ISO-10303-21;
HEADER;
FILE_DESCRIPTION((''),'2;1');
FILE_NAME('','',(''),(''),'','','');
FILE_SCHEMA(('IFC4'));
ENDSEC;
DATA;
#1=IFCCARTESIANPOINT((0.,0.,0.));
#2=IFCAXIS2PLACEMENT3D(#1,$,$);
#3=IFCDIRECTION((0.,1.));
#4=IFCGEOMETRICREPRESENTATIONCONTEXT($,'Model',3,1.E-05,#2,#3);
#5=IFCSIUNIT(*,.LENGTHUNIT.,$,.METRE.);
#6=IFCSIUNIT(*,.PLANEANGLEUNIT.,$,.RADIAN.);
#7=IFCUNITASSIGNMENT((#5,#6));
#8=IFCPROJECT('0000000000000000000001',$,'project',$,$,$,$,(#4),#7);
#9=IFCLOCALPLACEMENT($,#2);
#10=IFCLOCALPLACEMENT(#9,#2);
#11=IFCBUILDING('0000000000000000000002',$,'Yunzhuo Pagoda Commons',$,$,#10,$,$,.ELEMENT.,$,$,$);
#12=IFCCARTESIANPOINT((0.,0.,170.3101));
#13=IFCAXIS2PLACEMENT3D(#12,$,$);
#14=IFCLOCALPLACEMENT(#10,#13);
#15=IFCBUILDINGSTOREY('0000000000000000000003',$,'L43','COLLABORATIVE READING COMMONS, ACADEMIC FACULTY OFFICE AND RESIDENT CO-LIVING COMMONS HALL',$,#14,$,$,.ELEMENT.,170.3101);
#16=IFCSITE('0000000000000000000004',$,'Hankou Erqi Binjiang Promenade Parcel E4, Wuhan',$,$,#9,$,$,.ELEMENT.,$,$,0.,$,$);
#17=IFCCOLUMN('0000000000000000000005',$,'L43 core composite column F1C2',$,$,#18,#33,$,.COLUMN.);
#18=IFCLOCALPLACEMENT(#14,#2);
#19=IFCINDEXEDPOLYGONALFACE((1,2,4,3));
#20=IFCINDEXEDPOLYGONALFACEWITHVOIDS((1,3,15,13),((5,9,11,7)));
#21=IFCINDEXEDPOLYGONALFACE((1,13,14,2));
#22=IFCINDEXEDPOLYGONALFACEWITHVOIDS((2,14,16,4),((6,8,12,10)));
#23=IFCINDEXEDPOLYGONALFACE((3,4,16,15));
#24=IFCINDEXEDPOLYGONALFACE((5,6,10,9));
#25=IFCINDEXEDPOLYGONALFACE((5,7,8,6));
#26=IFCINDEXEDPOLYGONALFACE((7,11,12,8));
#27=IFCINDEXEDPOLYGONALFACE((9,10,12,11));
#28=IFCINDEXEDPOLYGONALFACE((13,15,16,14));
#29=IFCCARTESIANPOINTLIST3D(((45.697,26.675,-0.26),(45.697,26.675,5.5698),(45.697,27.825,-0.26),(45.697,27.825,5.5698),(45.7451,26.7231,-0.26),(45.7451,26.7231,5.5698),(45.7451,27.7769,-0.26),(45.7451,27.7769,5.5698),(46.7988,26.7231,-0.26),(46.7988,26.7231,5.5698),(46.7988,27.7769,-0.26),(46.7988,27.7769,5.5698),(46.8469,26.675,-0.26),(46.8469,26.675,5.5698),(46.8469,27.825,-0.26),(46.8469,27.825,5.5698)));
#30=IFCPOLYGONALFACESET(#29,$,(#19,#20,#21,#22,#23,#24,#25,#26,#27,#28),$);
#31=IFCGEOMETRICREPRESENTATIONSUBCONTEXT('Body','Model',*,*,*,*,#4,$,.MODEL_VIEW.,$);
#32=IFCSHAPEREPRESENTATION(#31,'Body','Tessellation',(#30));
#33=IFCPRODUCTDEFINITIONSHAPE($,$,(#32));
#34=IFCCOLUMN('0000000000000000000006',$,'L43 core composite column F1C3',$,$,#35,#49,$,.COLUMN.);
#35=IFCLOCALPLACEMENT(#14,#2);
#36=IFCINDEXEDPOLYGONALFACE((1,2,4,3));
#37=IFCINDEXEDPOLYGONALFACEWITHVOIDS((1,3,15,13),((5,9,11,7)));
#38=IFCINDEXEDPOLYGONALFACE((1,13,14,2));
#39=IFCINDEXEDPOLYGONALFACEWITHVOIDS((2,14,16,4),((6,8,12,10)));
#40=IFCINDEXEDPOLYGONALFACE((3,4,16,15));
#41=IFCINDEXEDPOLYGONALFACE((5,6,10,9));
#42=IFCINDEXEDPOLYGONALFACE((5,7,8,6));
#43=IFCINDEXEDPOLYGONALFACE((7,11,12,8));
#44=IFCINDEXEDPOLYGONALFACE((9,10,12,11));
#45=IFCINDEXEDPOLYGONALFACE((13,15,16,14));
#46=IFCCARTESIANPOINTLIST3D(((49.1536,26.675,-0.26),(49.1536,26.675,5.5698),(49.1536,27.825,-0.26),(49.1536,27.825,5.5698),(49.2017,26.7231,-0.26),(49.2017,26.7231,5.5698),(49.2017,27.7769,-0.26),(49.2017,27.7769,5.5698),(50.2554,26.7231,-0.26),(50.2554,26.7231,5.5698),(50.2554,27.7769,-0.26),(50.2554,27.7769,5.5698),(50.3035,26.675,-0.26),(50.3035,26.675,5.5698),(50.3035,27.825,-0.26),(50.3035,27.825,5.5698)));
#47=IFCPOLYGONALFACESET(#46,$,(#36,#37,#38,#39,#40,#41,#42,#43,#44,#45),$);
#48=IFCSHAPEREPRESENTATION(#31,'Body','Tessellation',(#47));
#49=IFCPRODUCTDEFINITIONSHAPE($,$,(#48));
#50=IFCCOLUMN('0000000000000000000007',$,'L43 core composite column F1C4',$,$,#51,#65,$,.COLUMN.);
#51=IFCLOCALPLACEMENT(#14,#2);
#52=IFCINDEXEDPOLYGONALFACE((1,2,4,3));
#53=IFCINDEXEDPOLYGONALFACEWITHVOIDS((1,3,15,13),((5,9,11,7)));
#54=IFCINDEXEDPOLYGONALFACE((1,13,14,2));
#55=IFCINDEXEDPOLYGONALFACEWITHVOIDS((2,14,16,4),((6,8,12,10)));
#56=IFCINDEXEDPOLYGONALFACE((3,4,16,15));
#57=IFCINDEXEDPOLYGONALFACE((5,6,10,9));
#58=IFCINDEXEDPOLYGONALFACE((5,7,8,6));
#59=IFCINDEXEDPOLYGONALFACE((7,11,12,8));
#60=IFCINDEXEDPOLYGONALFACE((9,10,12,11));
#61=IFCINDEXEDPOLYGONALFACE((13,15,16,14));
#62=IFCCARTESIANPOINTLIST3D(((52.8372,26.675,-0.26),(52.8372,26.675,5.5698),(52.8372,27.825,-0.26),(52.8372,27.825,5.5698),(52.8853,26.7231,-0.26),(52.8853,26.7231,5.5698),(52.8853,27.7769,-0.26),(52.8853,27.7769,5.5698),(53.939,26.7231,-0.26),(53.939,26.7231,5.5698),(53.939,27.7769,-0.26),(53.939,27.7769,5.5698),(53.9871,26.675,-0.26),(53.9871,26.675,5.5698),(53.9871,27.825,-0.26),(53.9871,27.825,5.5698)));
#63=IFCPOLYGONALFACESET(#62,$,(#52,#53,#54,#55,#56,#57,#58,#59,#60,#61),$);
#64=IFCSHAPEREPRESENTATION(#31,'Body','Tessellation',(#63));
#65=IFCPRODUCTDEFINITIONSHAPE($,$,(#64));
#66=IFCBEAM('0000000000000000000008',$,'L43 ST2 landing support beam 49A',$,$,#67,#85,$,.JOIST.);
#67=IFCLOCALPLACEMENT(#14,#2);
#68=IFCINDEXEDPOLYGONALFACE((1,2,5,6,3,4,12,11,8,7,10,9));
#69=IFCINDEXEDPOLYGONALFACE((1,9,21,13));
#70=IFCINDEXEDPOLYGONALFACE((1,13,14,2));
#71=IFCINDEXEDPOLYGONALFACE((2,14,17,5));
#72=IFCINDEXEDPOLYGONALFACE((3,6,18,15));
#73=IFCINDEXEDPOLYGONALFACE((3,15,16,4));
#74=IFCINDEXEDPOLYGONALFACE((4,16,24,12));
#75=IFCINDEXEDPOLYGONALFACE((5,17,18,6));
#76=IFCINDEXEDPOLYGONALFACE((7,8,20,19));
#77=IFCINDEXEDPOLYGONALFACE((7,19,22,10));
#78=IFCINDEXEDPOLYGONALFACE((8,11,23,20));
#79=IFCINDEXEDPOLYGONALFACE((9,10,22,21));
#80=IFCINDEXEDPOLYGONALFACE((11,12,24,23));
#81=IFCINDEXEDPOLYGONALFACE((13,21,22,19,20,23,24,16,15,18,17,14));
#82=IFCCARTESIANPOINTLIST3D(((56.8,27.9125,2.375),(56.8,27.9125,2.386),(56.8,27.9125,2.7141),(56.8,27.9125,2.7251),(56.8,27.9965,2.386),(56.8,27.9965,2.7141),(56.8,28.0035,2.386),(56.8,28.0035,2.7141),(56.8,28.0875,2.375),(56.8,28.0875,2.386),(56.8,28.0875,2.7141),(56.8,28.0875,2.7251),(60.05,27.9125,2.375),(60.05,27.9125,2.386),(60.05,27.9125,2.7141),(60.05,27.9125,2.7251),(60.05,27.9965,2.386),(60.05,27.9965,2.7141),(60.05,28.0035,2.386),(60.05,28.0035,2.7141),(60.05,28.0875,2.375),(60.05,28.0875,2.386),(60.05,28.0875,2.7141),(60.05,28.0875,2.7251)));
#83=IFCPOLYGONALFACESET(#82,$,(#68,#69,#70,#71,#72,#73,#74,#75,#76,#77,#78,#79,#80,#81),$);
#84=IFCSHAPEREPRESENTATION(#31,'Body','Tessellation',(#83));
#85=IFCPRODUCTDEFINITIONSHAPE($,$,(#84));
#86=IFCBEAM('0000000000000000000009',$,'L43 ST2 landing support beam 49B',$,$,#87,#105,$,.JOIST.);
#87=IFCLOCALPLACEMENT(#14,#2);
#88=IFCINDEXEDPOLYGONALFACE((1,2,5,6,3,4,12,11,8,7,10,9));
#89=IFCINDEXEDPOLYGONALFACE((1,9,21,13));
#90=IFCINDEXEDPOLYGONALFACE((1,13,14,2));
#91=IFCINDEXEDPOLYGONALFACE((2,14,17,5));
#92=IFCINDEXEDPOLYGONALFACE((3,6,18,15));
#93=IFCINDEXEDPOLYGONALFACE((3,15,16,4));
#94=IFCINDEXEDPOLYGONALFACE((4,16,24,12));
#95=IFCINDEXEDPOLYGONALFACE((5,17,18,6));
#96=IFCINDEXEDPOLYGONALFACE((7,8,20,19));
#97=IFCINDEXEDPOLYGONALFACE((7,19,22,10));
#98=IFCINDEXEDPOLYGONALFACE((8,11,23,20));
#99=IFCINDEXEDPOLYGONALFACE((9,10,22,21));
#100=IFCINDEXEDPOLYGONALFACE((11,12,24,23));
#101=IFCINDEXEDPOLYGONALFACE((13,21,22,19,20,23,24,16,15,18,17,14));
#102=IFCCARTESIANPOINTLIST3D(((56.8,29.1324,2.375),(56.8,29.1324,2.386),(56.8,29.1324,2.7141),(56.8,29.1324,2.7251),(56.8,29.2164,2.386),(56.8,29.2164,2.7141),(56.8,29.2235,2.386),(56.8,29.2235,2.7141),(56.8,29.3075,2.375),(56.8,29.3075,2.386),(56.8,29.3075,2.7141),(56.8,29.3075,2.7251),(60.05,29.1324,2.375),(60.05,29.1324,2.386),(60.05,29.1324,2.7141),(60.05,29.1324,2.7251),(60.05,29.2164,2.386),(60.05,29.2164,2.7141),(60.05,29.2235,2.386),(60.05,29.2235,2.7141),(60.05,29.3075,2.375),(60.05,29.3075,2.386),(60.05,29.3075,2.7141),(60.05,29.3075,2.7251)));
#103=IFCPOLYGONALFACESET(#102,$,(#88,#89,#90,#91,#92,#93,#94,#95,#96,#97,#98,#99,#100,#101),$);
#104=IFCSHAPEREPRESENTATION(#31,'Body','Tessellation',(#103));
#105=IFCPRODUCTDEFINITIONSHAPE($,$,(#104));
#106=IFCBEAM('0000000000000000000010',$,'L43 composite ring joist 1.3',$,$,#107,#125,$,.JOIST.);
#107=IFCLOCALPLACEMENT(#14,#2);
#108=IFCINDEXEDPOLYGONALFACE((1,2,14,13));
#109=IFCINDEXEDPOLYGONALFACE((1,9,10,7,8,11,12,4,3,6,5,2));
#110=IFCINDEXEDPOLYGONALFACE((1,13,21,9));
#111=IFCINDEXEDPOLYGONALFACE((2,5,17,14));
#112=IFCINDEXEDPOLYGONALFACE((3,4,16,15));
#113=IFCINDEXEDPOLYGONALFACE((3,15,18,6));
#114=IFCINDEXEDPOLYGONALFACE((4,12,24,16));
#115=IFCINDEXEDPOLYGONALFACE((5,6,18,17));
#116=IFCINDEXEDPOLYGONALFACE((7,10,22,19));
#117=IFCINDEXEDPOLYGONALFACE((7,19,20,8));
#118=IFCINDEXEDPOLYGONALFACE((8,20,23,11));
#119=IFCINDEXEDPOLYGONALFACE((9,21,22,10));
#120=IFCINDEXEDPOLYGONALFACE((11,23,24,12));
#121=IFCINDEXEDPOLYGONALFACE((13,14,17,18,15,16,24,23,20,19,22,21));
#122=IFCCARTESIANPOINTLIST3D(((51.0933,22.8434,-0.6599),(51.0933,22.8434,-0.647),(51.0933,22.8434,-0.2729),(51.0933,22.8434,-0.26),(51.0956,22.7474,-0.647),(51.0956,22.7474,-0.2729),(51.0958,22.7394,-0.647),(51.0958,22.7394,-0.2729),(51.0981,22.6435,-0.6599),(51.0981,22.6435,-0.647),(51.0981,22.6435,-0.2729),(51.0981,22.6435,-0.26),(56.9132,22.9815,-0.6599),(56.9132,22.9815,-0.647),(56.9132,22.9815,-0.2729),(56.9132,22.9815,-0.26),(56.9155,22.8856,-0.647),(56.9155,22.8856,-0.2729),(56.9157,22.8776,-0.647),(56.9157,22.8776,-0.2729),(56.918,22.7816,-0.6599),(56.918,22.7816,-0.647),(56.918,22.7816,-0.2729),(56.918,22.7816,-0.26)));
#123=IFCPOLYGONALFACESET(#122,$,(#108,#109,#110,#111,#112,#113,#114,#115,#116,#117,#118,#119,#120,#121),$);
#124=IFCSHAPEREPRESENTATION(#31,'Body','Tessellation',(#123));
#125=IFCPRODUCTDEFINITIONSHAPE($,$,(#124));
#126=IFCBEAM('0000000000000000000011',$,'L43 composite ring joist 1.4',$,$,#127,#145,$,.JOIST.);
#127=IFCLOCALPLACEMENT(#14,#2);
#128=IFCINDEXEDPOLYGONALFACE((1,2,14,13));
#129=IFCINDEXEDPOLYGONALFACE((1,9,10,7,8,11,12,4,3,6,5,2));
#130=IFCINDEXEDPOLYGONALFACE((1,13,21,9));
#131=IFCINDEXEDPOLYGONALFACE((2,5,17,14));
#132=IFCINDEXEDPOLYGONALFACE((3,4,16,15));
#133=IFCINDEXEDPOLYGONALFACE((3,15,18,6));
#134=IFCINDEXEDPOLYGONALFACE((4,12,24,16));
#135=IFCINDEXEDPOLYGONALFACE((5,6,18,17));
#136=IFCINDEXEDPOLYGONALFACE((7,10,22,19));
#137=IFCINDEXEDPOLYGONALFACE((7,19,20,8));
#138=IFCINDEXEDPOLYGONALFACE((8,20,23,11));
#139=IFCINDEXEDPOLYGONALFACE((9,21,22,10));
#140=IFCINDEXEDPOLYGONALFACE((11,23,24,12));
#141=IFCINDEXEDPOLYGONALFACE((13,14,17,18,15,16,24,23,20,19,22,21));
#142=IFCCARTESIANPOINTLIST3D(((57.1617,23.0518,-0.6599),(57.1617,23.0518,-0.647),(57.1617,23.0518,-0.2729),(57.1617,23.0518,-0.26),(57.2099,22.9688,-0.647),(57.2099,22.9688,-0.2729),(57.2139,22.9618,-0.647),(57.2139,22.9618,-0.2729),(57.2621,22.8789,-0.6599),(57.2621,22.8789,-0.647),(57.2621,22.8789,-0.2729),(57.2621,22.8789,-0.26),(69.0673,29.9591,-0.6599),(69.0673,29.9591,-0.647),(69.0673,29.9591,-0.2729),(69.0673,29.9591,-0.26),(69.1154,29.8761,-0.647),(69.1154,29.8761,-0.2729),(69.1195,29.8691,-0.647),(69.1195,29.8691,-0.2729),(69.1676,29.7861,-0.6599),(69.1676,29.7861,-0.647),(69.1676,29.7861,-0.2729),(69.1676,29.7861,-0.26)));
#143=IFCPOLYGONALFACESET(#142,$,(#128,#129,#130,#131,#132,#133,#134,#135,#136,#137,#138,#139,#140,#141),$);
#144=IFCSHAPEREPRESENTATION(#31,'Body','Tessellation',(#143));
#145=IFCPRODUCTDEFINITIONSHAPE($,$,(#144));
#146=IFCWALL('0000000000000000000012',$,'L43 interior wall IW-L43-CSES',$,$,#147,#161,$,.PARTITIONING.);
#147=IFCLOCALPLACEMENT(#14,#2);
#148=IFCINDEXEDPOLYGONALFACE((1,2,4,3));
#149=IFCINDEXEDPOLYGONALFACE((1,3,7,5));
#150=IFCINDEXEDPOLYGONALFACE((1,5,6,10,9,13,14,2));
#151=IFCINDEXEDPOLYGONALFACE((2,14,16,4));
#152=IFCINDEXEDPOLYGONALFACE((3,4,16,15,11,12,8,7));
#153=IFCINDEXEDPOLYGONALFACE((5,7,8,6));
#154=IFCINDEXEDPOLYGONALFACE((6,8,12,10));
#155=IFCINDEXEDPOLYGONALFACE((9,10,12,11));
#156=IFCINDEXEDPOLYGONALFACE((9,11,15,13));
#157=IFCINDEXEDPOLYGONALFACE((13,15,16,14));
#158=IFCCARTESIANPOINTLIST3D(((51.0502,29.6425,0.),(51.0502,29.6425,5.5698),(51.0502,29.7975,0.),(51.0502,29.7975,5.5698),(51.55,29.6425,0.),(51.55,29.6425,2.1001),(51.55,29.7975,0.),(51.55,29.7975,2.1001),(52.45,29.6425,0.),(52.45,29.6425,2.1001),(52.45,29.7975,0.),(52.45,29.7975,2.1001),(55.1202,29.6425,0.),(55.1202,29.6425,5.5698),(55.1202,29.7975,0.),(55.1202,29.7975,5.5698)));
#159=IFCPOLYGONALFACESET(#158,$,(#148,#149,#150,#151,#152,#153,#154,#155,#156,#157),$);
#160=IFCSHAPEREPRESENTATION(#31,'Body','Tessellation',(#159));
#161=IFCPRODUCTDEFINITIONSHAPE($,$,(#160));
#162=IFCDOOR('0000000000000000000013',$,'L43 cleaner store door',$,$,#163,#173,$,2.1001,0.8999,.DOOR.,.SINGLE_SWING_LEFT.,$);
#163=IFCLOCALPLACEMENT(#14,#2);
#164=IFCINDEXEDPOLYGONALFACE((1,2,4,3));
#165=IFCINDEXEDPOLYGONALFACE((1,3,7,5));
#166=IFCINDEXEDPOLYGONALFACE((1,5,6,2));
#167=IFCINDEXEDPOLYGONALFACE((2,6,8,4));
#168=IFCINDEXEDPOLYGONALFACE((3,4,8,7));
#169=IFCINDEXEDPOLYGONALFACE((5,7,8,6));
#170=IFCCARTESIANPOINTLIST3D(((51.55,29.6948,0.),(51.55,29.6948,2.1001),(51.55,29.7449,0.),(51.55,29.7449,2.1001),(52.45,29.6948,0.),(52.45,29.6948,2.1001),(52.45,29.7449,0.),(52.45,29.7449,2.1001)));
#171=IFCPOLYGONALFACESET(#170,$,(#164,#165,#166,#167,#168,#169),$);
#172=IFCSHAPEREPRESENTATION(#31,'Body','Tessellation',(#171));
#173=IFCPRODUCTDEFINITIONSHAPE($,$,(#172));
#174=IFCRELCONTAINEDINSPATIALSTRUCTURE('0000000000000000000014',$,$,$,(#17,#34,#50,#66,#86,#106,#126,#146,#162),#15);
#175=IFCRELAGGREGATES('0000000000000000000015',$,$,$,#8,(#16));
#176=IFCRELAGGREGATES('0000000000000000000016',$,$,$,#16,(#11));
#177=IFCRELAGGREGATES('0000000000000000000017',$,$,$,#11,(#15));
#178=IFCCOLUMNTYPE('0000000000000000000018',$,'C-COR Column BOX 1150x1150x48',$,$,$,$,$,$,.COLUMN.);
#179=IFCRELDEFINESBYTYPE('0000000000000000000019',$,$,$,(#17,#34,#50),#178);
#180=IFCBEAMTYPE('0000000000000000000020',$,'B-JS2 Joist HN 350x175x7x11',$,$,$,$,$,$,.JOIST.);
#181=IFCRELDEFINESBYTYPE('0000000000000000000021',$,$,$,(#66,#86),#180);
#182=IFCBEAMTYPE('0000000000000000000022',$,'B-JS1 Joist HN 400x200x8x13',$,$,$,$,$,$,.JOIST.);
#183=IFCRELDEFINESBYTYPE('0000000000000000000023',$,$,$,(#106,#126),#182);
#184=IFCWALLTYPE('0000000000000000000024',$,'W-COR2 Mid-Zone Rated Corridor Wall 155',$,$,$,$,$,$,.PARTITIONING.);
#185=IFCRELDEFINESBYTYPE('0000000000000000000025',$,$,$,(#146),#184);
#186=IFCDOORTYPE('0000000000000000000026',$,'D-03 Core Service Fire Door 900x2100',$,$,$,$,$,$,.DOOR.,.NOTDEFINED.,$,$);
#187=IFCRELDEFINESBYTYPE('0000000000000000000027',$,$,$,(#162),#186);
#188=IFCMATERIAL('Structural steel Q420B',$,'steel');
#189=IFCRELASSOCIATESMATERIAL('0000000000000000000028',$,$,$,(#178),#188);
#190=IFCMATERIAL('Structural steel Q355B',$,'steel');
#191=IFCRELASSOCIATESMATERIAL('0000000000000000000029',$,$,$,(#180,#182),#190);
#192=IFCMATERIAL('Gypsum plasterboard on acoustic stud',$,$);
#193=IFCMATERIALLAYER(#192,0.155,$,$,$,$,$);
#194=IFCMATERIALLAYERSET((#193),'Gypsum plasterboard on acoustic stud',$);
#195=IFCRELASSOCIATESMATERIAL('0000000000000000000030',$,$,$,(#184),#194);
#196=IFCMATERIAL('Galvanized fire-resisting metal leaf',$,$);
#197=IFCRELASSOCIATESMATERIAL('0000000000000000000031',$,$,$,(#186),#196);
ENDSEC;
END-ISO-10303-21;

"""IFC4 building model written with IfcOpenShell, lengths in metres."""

from ifc_helpers import new_model, si_unit, direction, frame, frame_2d, origin, origin_with_axes, origin_2d, place, context, subcontext, project, spatial, rectangle, hollow_rectangle, i_section, extrude, source, transform, mapped, material, layer, layer_set, material_profile, profile_set, type_object, element, fill, save


model = new_model("IFC4")

# Units and contexts
model_context = context("Model", 3, precision=1e-05, world=origin(), true_north=direction((0.0, 1.0)))
body_context = subcontext(model_context, "Body", "Model", "MODEL_VIEW")
ifc_project = project(units=[si_unit("LENGTHUNIT", "METRE"), si_unit("PLANEANGLEUNIT", "RADIAN")], contexts=[model_context])

# Site, building, storey
site_placement = place(None, origin())
site = spatial("IfcSite", under=ifc_project, at=site_placement, Name="Hankou Erqi Binjiang Promenade Parcel E4, Wuhan", CompositionType="ELEMENT", RefElevation=0.0)
building_placement = place(site_placement, origin())
building = spatial("IfcBuilding", under=site, at=building_placement, Name="Yunzhuo Pagoda Commons", CompositionType="ELEMENT")
storey_placement = place(building_placement, frame((0.0, 0.0, 170.3101)))
storey = spatial("IfcBuildingStorey", under=building, at=storey_placement, Name="L43", Description="COLLABORATIVE READING COMMONS, ACADEMIC FACULTY OFFICE AND RESIDENT CO-LIVING COMMONS HALL", CompositionType="ELEMENT", Elevation=170.3101)

# Columns
ifc_material_1 = material(Name="Structural steel Q420B", Category="steel")
ifc_material_profile_1 = material_profile(ifc_material_1, hollow_rectangle(XDim=1.1499, YDim=1.1499, WallThickness=0.0481, at=origin_2d()), Name="Structural steel Q420B")
ifc_profile_set_1 = profile_set([ifc_material_profile_1], Name="Structural steel Q420B")
column_type = type_object("IfcColumnType", Name="C-COR Column BOX 1150x1150x48", PredefinedType="COLUMN", material=ifc_profile_set_1)
shared_shape_1 = source(origin(), body_context, "Body", "SweptSolid", [
    extrude(hollow_rectangle(XDim=1.1499, YDim=1.1499, WallThickness=0.0481, at=origin_2d()), origin(), (0.0, 0.0, 1.0), 5.8298),
])
for number, where, z_axis, x_axis, name in (
    (1, (46.272, 27.25, -0.26), (0.0, 0.0, 1.0), (1.0, 0.0, 0.0), "L43 core composite column F1C2"),
    (2, (49.7285, 27.25, -0.26), (0.0, 0.0, 1.0), (1.0, 0.0, 0.0), "L43 core composite column F1C3"),
    (3, (53.4121, 27.25, -0.26), (0.0, 0.0, 1.0), (1.0, 0.0, 0.0), "L43 core composite column F1C4"),
):
    element("IfcColumn", number, at=place(storey_placement, frame(where, z_axis=z_axis, x_axis=x_axis)), inside=storey, type_object=column_type, Name=name, PredefinedType="COLUMN", context=body_context, shape_type="MappedRepresentation", body=[
        mapped(shared_shape_1, transform((0.0, 0.0, 0.0), scale=1.0)),
    ])

# Beams
ifc_material_2 = material(Name="Structural steel Q355B", Category="steel")
ifc_material_profile_2 = material_profile(ifc_material_2, i_section(OverallWidth=0.175, OverallDepth=0.3501, WebThickness=0.0071, FlangeThickness=0.011, at=origin_2d()), Name="Structural steel Q355B")
ifc_profile_set_2 = profile_set([ifc_material_profile_2], Name="Structural steel Q355B")
beam_type_1 = type_object("IfcBeamType", Name="B-JS2 Joist HN 350x175x7x11", PredefinedType="JOIST", material=ifc_profile_set_2)
shared_shape_2 = source(origin(), body_context, "Body", "SweptSolid", [
    extrude(i_section(OverallWidth=0.175, OverallDepth=0.3501, WebThickness=0.0071, FlangeThickness=0.011, at=origin_2d()), origin(), (0.0, 0.0, 1.0), 3.25),
])
for number, where, z_axis, x_axis, name in (
    (4, (56.8, 28.0, 2.55), (1.0, 0.0, 0.0), (0.0, 1.0, 0.0), "L43 ST2 landing support beam 49A"),
    (5, (56.8, 29.22, 2.55), (1.0, 0.0, 0.0), (0.0, 1.0, 0.0), "L43 ST2 landing support beam 49B"),
):
    element("IfcBeam", number, at=place(storey_placement, frame(where, z_axis=z_axis, x_axis=x_axis)), inside=storey, type_object=beam_type_1, Name=name, PredefinedType="JOIST", context=body_context, shape_type="MappedRepresentation", body=[
        mapped(shared_shape_2, transform((0.0, 0.0, 0.0), scale=1.0)),
    ])
ifc_material_profile_3 = material_profile(ifc_material_2, i_section(OverallWidth=0.2, OverallDepth=0.3999, WebThickness=0.0081, FlangeThickness=0.0129, at=origin_2d()), Name="Structural steel Q355B")
ifc_profile_set_3 = profile_set([ifc_material_profile_3], Name="Structural steel Q355B")
beam_type_2 = type_object("IfcBeamType", Name="B-JS1 Joist HN 400x200x8x13", PredefinedType="JOIST", material=ifc_profile_set_3)
shared_shape_3 = source(origin(), body_context, "Body", "SweptSolid", [
    extrude(i_section(OverallWidth=0.2, OverallDepth=0.3999, WebThickness=0.0081, FlangeThickness=0.0129, at=origin_2d()), origin(), (0.0, 0.0, 1.0), 5.8215),
])
beam_1_placement = place(storey_placement, frame((51.0957, 22.7434, -0.46), z_axis=(0.999718, 0.023737, 0.0), x_axis=(-0.023737, 0.999718, 0.0)))
element("IfcBeam", 6, at=beam_1_placement, inside=storey, type_object=beam_type_2, Name="L43 composite ring joist 1.3", PredefinedType="JOIST", context=body_context, shape_type="MappedRepresentation", body=[
    mapped(shared_shape_3, transform((0.0, 0.0, 0.0), scale=1.0)),
])
shared_shape_4 = source(origin(), body_context, "Body", "SweptSolid", [
    extrude(i_section(OverallWidth=0.2, OverallDepth=0.3999, WebThickness=0.0081, FlangeThickness=0.0129, at=origin_2d()), origin(), (0.0, 0.0, 1.0), 13.7642),
])
beam_2_placement = place(storey_placement, frame((57.2119, 22.9653, -0.46), z_axis=(0.864967, 0.501828, 0.0), x_axis=(-0.501828, 0.864967, 0.0)))
element("IfcBeam", 7, at=beam_2_placement, inside=storey, type_object=beam_type_2, Name="L43 composite ring joist 1.4", PredefinedType="JOIST", context=body_context, shape_type="MappedRepresentation", body=[
    mapped(shared_shape_4, transform((0.0, 0.0, 0.0), scale=1.0)),
])

# Wall, opening, door
ifc_material_3 = material(Name="Gypsum plasterboard on acoustic stud")
ifc_layer_1 = layer(ifc_material_3, 0.155)
ifc_layer_set_1 = layer_set([ifc_layer_1], Name="Gypsum plasterboard on acoustic stud")
wall_type_1 = type_object("IfcWallType", Name="W-COR2 Mid-Zone Rated Corridor Wall 155", PredefinedType="PARTITIONING", material=ifc_layer_set_1)
wall_1_placement = place(storey_placement, frame((51.05, 29.72, 0.0), z_axis=(0.0, 0.0, 1.0), x_axis=(1.0, 0.0, 0.0)))
wall_1 = element("IfcWall", 8, at=wall_1_placement, inside=storey, type_object=wall_type_1, Name="L43 interior wall IW-L43-CSES", PredefinedType="PARTITIONING", context=body_context, shape_type="SweptSolid", body=[
    extrude(rectangle(XDim=4.0701, YDim=0.155, at=frame_2d((2.0352, 0.0))), origin(), (0.0, 0.0, 1.0), 5.5698),
])
opening_1_placement = place(wall_1_placement, frame((0.5, 0.0, 0.0)))
opening_1 = element("IfcOpeningElement", 9, at=opening_1_placement, cuts=wall_1, PredefinedType="OPENING", context=body_context, shape_type="SweptSolid", body=[
    extrude(rectangle(XDim=0.8999, YDim=2.1001, at=frame_2d((0.45, 1.05))), frame((0.0, 0.0874, 0.0), z_axis=(0.0, -1.0, 0.0), x_axis=(1.0, 0.0, 0.0)), (0.0, 0.0, 1.0), 0.175),
])
ifc_material_4 = material(Name="Galvanized fire-resisting metal leaf")
door_type_1 = type_object("IfcDoorType", Name="D-03 Core Service Fire Door 900x2100", OperationType="NOTDEFINED", PredefinedType="DOOR", material=ifc_material_4)
shared_shape_5 = source(origin(), body_context, "Body", "SweptSolid", [
    extrude(rectangle(XDim=0.8999, YDim=2.1001, at=frame_2d((0.45, 1.05))), frame((0.0, 0.0249, 0.0), z_axis=(0.0, -1.0, 0.0), x_axis=(1.0, 0.0, 0.0)), (0.0, 0.0, 1.0), 0.05),
])
door_1_placement = place(opening_1_placement, origin_with_axes())
door_1 = element("IfcDoor", 10, at=door_1_placement, inside=storey, type_object=door_type_1, Name="L43 cleaner store door", OperationType="SINGLE_SWING_LEFT", OverallHeight=2.1001, OverallWidth=0.8999, PredefinedType="DOOR", context=body_context, shape_type="MappedRepresentation", body=[
    mapped(shared_shape_5, transform((0.0, 0.0, 0.0), scale=1.0)),
])
fill(opening_1, door_1)

save(model, "model.ifc")
